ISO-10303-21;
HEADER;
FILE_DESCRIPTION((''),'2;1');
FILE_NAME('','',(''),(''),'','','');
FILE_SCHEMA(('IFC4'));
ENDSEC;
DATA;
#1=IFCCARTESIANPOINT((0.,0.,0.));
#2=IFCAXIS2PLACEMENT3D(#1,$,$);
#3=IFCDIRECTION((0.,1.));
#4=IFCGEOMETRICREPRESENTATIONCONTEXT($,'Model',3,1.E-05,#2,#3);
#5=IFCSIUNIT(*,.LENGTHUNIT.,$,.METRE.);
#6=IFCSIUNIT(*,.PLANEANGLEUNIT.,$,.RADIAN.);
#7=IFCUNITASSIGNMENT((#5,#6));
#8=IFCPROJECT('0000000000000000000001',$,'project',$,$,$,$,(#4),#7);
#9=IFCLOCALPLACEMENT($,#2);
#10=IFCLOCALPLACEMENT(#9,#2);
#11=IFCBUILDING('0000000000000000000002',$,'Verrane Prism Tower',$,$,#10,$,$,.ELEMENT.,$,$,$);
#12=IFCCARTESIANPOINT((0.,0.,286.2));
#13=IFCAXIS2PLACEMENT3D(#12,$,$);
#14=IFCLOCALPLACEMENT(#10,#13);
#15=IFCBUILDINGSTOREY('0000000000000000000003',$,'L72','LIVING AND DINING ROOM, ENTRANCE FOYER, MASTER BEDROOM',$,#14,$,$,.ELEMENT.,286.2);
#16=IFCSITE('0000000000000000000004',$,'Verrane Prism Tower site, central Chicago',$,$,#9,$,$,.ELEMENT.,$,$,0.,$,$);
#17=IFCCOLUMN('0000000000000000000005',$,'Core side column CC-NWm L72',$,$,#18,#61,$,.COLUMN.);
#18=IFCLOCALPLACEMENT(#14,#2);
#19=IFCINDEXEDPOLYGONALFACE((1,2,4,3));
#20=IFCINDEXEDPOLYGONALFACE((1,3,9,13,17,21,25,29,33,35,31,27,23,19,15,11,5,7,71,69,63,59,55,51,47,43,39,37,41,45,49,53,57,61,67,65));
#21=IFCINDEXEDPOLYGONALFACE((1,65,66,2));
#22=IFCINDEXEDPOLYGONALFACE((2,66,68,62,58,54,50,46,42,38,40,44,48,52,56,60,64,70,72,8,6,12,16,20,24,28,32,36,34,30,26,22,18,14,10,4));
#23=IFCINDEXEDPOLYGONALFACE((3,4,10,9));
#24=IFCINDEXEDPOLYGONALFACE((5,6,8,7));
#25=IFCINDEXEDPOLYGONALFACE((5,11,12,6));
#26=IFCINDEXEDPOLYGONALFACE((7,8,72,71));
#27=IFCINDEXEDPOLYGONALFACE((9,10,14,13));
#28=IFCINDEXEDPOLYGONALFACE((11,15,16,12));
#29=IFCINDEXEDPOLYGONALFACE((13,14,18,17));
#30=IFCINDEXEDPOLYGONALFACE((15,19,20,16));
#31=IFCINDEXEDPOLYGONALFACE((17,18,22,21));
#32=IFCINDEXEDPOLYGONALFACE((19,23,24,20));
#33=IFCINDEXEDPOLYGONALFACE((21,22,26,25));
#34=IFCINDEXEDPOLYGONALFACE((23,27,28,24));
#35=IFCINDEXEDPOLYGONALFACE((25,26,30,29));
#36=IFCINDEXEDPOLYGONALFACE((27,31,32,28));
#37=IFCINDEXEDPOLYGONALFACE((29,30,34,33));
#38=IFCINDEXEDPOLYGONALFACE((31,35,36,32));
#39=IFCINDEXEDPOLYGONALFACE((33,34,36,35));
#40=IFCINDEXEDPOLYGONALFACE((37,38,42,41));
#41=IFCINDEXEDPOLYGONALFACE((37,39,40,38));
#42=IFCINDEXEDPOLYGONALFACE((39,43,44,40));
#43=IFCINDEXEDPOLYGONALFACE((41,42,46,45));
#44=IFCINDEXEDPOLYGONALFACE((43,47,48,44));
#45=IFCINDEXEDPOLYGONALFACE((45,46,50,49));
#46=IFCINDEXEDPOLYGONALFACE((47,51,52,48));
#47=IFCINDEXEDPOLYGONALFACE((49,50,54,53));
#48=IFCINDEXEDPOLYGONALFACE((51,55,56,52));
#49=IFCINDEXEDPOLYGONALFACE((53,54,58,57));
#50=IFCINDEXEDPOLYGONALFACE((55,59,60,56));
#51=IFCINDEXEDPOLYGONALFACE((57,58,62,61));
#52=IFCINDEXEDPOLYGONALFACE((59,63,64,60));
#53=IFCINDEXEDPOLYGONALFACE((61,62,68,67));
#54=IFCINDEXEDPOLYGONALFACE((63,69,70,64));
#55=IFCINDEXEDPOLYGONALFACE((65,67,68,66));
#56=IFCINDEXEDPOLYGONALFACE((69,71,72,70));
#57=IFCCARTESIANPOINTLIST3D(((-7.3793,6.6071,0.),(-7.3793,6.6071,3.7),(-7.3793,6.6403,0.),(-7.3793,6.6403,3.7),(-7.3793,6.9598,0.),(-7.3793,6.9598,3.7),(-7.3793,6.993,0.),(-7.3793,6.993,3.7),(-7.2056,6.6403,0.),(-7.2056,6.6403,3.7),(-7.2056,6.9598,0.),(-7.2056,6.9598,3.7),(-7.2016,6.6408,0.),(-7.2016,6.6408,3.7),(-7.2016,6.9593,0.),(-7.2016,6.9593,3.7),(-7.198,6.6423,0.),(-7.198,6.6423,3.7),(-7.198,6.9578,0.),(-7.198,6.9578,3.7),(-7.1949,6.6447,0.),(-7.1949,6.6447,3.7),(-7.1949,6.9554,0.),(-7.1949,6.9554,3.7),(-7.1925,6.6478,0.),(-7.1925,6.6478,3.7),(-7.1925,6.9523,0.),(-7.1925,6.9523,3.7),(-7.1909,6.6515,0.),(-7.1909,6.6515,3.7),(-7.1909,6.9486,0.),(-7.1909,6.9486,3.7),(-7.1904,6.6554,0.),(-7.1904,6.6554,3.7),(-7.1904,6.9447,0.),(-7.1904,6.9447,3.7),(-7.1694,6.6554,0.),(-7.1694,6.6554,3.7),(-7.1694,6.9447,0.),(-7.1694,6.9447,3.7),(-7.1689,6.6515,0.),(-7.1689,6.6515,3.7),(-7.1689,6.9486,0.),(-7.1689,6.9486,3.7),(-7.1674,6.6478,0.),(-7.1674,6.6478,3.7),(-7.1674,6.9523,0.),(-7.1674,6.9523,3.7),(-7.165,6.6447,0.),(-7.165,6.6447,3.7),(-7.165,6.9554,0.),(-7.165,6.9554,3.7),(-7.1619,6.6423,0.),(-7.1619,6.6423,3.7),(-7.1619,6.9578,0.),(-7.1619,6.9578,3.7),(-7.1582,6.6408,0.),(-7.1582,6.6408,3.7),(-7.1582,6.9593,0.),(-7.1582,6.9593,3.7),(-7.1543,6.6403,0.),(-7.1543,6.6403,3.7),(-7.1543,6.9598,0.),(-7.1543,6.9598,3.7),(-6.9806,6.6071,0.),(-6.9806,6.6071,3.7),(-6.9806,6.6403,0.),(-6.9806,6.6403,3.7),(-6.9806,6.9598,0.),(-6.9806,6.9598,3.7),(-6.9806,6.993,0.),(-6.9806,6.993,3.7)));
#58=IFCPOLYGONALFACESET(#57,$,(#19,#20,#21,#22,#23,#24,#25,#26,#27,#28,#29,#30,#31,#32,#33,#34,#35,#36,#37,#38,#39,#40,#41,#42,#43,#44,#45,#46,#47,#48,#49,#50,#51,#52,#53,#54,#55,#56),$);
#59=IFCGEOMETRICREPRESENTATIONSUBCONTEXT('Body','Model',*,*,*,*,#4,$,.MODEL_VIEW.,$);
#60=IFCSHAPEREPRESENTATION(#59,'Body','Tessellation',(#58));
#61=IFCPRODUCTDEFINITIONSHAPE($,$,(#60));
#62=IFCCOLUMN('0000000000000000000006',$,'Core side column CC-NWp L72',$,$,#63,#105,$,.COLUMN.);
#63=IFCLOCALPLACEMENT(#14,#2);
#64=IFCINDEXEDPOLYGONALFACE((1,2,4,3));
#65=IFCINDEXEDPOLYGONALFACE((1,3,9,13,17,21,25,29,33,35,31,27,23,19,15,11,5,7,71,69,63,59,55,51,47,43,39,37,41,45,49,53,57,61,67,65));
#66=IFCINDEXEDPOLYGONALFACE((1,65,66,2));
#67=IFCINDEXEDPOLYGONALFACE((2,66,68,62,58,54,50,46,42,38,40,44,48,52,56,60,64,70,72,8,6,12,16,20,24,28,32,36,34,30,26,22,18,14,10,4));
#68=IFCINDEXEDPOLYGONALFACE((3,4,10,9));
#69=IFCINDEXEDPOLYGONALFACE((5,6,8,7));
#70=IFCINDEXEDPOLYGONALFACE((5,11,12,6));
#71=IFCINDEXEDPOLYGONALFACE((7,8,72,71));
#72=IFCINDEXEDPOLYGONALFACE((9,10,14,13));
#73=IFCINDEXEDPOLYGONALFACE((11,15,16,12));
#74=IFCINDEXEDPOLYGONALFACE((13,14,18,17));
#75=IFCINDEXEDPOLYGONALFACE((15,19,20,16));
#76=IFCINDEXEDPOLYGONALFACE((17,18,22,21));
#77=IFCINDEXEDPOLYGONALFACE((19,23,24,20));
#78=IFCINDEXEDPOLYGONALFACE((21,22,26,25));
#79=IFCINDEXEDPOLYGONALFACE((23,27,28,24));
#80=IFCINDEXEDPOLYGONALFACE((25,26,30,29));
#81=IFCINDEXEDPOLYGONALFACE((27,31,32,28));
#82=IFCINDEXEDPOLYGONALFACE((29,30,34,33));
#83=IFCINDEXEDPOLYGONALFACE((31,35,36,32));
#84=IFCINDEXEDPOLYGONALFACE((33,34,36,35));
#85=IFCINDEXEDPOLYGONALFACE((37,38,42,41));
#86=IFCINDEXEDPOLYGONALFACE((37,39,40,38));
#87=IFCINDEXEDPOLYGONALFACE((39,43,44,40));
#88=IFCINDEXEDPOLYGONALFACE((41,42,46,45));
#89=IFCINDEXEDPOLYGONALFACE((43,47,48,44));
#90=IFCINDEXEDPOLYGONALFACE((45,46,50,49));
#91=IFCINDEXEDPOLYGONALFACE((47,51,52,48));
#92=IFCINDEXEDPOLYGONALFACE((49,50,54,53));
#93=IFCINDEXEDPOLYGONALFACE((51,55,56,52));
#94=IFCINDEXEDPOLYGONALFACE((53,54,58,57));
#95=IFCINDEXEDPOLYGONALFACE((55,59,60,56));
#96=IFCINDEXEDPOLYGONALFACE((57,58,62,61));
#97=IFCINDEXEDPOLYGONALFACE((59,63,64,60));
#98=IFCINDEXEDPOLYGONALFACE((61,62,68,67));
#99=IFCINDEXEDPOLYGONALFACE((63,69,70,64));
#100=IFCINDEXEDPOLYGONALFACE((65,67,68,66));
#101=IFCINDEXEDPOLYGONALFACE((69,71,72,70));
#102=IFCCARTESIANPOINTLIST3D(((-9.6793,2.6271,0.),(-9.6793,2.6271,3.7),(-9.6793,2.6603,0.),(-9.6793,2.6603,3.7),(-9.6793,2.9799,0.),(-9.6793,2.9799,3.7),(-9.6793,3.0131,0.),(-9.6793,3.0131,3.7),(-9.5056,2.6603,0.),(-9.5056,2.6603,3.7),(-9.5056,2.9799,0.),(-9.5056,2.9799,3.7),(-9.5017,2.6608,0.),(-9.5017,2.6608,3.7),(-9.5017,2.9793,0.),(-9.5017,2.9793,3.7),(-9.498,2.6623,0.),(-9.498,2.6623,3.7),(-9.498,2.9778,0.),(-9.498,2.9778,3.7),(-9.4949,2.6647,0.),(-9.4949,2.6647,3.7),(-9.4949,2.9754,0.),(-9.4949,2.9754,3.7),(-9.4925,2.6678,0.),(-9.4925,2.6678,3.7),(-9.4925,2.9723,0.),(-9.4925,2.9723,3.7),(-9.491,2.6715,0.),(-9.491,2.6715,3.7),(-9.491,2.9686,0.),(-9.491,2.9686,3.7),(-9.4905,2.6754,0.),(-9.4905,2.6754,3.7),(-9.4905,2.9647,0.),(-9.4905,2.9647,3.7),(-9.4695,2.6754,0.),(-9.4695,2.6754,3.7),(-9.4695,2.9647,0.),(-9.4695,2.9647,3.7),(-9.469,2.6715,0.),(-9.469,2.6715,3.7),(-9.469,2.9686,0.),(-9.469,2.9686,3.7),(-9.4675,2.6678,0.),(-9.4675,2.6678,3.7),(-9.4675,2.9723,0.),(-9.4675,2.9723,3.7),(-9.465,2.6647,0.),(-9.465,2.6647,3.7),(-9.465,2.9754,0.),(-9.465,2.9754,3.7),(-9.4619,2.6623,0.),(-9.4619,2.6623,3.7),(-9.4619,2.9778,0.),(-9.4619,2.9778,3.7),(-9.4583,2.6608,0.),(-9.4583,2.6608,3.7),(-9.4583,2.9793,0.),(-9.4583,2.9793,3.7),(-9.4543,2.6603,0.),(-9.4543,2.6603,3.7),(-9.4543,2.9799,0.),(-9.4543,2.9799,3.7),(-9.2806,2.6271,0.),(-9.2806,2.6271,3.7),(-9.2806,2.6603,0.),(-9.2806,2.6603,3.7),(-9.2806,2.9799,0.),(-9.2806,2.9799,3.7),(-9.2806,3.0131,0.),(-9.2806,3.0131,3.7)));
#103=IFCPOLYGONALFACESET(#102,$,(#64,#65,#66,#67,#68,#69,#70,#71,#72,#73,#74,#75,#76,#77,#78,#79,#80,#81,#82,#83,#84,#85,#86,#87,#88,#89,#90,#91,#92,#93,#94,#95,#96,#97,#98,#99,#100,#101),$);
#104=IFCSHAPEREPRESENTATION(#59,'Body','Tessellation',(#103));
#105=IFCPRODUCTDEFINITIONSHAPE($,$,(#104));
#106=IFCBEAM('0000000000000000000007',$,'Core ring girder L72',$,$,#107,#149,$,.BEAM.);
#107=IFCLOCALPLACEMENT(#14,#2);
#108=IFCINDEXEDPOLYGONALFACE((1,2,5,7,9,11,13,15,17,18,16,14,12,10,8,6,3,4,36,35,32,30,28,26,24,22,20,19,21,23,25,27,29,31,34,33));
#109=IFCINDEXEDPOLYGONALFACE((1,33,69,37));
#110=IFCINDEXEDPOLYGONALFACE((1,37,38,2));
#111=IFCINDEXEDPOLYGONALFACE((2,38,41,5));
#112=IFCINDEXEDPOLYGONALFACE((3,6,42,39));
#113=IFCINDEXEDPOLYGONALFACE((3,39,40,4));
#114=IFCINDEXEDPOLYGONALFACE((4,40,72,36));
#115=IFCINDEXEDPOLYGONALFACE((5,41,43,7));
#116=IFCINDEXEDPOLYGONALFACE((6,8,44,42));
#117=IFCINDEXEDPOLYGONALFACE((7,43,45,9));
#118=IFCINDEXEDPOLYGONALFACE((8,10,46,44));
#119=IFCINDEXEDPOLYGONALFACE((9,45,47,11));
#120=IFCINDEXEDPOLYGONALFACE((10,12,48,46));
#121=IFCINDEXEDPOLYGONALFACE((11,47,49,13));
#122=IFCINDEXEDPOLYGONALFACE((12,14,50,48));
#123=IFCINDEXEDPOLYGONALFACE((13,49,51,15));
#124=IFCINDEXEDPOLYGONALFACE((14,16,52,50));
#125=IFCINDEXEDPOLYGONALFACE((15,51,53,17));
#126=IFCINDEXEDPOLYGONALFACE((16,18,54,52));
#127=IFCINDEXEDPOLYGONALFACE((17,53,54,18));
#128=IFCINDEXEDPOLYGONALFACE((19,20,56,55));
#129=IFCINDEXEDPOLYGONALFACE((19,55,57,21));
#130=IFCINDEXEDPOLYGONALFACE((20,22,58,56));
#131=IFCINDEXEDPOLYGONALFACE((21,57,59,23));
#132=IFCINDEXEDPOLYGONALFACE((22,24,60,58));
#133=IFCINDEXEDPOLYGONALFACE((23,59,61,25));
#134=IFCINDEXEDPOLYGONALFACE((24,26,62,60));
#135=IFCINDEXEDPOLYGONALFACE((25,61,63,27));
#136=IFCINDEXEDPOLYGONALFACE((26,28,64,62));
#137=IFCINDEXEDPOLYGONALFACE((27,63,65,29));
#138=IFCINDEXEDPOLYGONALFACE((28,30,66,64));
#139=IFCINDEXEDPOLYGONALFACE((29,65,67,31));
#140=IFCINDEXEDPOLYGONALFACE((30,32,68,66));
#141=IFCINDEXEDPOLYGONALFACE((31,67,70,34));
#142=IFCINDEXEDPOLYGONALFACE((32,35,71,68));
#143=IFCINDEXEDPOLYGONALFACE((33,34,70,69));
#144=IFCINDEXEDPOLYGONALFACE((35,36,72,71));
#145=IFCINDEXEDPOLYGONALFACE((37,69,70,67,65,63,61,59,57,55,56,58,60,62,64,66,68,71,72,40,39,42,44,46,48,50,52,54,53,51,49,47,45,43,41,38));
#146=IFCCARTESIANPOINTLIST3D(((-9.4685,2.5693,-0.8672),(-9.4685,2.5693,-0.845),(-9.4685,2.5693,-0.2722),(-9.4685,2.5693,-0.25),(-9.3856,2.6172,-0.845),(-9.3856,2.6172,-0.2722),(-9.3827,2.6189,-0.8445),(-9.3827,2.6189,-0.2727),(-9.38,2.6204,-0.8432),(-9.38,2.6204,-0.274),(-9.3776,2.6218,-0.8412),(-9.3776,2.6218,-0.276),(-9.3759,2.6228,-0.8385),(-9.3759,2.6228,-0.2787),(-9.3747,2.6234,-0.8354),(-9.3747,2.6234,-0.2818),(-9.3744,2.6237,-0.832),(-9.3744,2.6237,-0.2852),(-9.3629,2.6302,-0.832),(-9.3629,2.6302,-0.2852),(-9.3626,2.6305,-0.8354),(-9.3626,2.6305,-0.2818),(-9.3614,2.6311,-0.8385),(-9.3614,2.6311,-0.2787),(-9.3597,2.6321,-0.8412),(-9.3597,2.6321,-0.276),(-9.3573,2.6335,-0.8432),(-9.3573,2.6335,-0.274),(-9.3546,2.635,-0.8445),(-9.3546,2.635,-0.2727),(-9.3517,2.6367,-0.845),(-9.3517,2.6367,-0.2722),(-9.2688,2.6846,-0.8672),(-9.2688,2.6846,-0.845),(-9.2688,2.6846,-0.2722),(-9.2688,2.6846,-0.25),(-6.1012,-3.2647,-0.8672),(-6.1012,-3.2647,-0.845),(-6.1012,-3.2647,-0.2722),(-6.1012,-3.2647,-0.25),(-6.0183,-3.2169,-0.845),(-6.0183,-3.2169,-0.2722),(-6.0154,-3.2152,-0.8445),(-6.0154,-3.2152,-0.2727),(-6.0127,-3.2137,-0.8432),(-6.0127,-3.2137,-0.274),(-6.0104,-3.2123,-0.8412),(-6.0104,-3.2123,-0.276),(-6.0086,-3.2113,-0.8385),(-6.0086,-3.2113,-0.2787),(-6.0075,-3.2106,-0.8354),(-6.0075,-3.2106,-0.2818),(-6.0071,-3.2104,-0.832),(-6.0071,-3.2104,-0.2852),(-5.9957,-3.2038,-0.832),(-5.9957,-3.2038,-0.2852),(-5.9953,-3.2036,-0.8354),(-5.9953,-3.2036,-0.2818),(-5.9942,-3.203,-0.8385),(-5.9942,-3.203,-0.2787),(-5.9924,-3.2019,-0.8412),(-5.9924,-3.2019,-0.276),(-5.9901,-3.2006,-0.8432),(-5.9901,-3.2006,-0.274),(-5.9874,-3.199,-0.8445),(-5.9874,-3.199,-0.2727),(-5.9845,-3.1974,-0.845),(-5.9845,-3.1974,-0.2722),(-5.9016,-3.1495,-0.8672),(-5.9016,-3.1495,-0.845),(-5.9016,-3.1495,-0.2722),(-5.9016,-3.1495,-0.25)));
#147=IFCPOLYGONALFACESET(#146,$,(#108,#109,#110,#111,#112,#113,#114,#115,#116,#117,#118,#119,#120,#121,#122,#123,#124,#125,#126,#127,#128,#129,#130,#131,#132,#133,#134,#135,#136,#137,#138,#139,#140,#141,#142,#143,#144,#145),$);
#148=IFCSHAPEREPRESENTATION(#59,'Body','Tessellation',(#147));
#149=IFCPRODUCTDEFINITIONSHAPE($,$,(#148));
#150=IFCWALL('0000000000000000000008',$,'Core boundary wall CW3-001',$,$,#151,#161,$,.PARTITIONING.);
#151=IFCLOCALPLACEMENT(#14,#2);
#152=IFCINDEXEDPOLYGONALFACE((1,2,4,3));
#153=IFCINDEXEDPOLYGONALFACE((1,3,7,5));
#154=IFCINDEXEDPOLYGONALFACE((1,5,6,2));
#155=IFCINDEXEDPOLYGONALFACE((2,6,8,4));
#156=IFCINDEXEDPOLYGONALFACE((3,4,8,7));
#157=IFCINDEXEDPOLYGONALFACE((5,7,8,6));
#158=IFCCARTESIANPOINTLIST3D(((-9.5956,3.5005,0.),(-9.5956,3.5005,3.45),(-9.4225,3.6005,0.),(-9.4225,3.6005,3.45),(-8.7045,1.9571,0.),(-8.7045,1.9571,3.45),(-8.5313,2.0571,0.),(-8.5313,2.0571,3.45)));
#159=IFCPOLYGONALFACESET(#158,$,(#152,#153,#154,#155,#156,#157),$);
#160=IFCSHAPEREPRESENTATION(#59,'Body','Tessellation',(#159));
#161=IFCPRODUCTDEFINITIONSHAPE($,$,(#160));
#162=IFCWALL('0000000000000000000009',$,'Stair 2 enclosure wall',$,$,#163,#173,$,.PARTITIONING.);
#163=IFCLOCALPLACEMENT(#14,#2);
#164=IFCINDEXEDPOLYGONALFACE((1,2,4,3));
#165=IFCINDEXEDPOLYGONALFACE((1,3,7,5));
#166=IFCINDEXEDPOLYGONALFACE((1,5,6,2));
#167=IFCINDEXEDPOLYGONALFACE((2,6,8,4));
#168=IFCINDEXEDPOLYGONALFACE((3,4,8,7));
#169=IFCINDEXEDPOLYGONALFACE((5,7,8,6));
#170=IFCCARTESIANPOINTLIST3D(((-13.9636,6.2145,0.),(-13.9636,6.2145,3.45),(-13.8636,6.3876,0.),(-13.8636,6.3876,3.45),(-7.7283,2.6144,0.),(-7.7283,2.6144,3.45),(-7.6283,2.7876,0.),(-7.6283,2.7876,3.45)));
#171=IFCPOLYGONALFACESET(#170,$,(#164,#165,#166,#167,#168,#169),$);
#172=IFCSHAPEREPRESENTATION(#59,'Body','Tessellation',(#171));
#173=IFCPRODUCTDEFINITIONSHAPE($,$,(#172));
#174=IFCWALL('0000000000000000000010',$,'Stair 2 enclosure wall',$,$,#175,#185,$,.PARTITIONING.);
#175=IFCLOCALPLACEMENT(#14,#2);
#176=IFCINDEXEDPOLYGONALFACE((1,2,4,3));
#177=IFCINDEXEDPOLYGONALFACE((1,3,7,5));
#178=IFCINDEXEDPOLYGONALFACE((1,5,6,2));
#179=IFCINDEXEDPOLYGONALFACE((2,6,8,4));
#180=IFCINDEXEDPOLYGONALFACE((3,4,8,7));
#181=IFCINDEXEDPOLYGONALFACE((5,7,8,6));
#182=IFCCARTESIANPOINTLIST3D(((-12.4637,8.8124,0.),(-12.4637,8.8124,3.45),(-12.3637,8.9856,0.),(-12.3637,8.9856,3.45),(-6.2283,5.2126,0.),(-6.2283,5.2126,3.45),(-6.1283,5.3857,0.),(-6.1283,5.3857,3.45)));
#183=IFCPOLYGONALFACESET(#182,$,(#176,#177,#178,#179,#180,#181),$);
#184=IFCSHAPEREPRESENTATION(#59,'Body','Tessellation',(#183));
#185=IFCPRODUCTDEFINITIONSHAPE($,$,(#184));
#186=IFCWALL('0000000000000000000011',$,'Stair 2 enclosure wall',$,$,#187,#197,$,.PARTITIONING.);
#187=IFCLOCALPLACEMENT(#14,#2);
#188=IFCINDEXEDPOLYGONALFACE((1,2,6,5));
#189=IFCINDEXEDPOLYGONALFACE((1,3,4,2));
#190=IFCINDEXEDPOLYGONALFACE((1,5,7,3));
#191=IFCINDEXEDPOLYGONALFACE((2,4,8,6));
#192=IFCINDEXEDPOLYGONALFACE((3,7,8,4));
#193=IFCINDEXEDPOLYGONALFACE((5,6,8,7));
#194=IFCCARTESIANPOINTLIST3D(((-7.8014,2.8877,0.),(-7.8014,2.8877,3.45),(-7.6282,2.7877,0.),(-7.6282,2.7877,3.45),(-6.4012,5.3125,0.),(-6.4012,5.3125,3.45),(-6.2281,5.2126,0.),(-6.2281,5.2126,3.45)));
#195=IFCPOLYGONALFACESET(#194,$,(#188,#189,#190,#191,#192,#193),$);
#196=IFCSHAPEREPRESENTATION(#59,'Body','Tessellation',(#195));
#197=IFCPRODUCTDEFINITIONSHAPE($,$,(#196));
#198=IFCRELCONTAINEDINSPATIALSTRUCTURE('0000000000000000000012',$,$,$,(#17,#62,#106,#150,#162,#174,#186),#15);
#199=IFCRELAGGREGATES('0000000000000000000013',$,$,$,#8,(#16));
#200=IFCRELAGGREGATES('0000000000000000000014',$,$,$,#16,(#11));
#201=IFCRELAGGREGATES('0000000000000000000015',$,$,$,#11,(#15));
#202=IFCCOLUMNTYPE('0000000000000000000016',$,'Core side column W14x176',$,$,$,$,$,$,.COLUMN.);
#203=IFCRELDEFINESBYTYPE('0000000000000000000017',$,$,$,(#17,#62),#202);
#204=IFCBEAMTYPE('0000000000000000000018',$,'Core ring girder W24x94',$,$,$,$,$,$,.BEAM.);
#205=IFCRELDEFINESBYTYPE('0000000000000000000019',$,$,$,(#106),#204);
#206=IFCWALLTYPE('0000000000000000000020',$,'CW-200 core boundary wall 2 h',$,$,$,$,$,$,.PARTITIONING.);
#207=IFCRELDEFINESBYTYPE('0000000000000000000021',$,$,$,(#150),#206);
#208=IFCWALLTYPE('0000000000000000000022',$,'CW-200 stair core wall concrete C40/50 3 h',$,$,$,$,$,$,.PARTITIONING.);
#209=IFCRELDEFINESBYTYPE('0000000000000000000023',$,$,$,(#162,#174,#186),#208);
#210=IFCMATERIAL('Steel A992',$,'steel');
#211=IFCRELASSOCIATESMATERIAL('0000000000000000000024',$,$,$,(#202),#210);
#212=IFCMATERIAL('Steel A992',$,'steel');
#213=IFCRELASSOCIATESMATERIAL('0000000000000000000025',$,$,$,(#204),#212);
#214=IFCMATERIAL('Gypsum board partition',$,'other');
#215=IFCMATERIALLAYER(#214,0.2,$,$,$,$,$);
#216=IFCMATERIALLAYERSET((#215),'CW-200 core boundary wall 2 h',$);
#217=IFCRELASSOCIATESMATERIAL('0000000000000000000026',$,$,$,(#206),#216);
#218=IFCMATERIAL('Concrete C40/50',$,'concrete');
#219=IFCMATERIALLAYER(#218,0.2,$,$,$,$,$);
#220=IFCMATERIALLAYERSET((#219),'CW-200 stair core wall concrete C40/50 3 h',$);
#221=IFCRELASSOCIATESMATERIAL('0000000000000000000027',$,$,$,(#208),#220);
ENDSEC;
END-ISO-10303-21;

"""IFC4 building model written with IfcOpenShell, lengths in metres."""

from ifc_helpers import new_model, si_unit, direction, frame, frame_2d, origin, origin_2d, place, context, subcontext, project, spatial, rectangle, i_section, extrude, material, layer, layer_set, material_profile, profile_set, type_object, element, save


model = new_model("IFC4")

# Units and contexts
model_context = context("Model", 3, precision=1e-05, world=origin(), true_north=direction((0.0, 1.0)))
body_context = subcontext(model_context, "Body", "Model", "MODEL_VIEW")
ifc_project = project(units=[si_unit("LENGTHUNIT", "METRE"), si_unit("PLANEANGLEUNIT", "RADIAN")], contexts=[model_context])

# Site, building, storey
site_placement = place(None, origin())
site = spatial("IfcSite", under=ifc_project, at=site_placement, Name="Verrane Prism Tower site, central Chicago", CompositionType="ELEMENT", RefElevation=0.0)
building_placement = place(site_placement, origin())
building = spatial("IfcBuilding", under=site, at=building_placement, Name="Verrane Prism Tower", CompositionType="ELEMENT")
storey_placement = place(building_placement, frame((0.0, 0.0, 286.2)))
storey = spatial("IfcBuildingStorey", under=building, at=storey_placement, Name="L72", Description="LIVING AND DINING ROOM, ENTRANCE FOYER, MASTER BEDROOM", CompositionType="ELEMENT", Elevation=286.2)

# Columns
ifc_material_1 = material(Name="Steel A992", Category="steel")
ifc_material_profile_1 = material_profile(ifc_material_1, i_section(OverallWidth=0.3987, OverallDepth=0.386, WebThickness=0.021, FlangeThickness=0.0332, FilletRadius=0.0151, at=origin_2d()), Name="W14x176")
ifc_profile_set_1 = profile_set([ifc_material_profile_1], Name="Steel A992")
column_type = type_object("IfcColumnType", Name="Core side column W14x176", PredefinedType="COLUMN", material=ifc_profile_set_1)
for number, where, z_axis, x_axis, name in (
    (1, (-7.1799, 6.8, 0.0), (0.0, 0.0, 1.0), (1.0, 0.0, 0.0), "Core side column CC-NWm L72"),
    (2, (-9.48, 2.8201, 0.0), (0.0, 0.0, 1.0), (1.0, 0.0, 0.0), "Core side column CC-NWp L72"),
):
    element("IfcColumn", number, at=place(storey_placement, frame(where, z_axis=z_axis, x_axis=x_axis)), inside=storey, type_object=column_type, Name=name, PredefinedType="COLUMN", context=body_context, shape_type="SweptSolid", body=[
        extrude(i_section(OverallWidth=0.3987, OverallDepth=0.386, WebThickness=0.021, FlangeThickness=0.0332, FilletRadius=0.0151, at=origin_2d()), origin(), (0.0, 0.0, 1.0), 3.7),
    ])

# Beam
ifc_material_2 = material(Name="Steel A992", Category="steel")
ifc_material_profile_2 = material_profile(ifc_material_2, i_section(OverallWidth=0.2305, OverallDepth=0.6172, WebThickness=0.0132, FlangeThickness=0.0222, FilletRadius=0.0129, at=origin_2d()), Name="W24x94")
ifc_profile_set_2 = profile_set([ifc_material_profile_2], Name="Steel A992")
beam_type = type_object("IfcBeamType", Name="Core ring girder W24x94", PredefinedType="BEAM", material=ifc_profile_set_2)
beam_placement = place(storey_placement, frame((-9.3687, 2.627, -0.5586), z_axis=(0.499881, -0.866094, 0.0), x_axis=(0.866094, 0.499881, 0.0)))
element("IfcBeam", 3, at=beam_placement, inside=storey, type_object=beam_type, Name="Core ring girder L72", PredefinedType="BEAM", context=body_context, shape_type="SweptSolid", body=[
    extrude(i_section(OverallWidth=0.2305, OverallDepth=0.6172, WebThickness=0.0132, FlangeThickness=0.0222, FilletRadius=0.0129, at=origin_2d()), origin(), (0.0, 0.0, 1.0), 6.7361),
])

# Walls
ifc_material_3 = material(Name="Gypsum board partition", Category="other")
ifc_layer_1 = layer(ifc_material_3, 0.2)
ifc_layer_set_1 = layer_set([ifc_layer_1], Name="CW-200 core boundary wall 2 h")
wall_type_1 = type_object("IfcWallType", Name="CW-200 core boundary wall 2 h", PredefinedType="PARTITIONING", material=ifc_layer_set_1)
wall_1_placement = place(storey_placement, frame((-9.509, 3.5505, 0.0), z_axis=(0.0, 0.0, 1.0), x_axis=(0.499999, -0.866026, 0.0)))
element("IfcWall", 4, at=wall_1_placement, inside=storey, type_object=wall_type_1, Name="Core boundary wall CW3-001", PredefinedType="PARTITIONING", context=body_context, shape_type="SweptSolid", body=[
    extrude(rectangle(XDim=1.7822, YDim=0.2, at=frame_2d((0.8911, 0.0))), origin(), (0.0, 0.0, 1.0), 3.45),
])
ifc_material_4 = material(Name="Concrete C40/50", Category="concrete")
ifc_layer_2 = layer(ifc_material_4, 0.2)
ifc_layer_set_2 = layer_set([ifc_layer_2], Name="CW-200 stair core wall concrete C40/50 3 h")
wall_type_2 = type_object("IfcWallType", Name="CW-200 stair core wall concrete C40/50 3 h", PredefinedType="PARTITIONING", material=ifc_layer_set_2)
for number, where, z_axis, x_axis, name in (
    (5, (-7.6782, 2.7009, 0.0), (0.0, 0.0, 1.0), (-0.866018, 0.500012, 0.0), "Stair 2 enclosure wall"),
    (6, (-6.1782, 5.2991, 0.0), (0.0, 0.0, 1.0), (-0.866033, 0.499987, 0.0), "Stair 2 enclosure wall"),
):
    element("IfcWall", number, at=place(storey_placement, frame(where, z_axis=z_axis, x_axis=x_axis)), inside=storey, type_object=wall_type_2, Name=name, PredefinedType="PARTITIONING", context=body_context, shape_type="SweptSolid", body=[
        extrude(rectangle(XDim=7.2, YDim=0.2, at=frame_2d((3.6001, 0.0))), origin(), (0.0, 0.0, 1.0), 3.45),
    ])
wall_2_placement = place(storey_placement, frame((-6.3147, 5.2625, 0.0), z_axis=(0.0, 0.0, 1.0), x_axis=(-0.50005, -0.865997, 0.0)))
element("IfcWall", 7, at=wall_2_placement, inside=storey, type_object=wall_type_2, Name="Stair 2 enclosure wall", PredefinedType="PARTITIONING", context=body_context, shape_type="SweptSolid", body=[
    extrude(rectangle(XDim=2.8, YDim=0.2, at=frame_2d((1.3999, 0.0))), origin(), (0.0, 0.0, 1.0), 3.45),
])

save(model, "model.ifc")
